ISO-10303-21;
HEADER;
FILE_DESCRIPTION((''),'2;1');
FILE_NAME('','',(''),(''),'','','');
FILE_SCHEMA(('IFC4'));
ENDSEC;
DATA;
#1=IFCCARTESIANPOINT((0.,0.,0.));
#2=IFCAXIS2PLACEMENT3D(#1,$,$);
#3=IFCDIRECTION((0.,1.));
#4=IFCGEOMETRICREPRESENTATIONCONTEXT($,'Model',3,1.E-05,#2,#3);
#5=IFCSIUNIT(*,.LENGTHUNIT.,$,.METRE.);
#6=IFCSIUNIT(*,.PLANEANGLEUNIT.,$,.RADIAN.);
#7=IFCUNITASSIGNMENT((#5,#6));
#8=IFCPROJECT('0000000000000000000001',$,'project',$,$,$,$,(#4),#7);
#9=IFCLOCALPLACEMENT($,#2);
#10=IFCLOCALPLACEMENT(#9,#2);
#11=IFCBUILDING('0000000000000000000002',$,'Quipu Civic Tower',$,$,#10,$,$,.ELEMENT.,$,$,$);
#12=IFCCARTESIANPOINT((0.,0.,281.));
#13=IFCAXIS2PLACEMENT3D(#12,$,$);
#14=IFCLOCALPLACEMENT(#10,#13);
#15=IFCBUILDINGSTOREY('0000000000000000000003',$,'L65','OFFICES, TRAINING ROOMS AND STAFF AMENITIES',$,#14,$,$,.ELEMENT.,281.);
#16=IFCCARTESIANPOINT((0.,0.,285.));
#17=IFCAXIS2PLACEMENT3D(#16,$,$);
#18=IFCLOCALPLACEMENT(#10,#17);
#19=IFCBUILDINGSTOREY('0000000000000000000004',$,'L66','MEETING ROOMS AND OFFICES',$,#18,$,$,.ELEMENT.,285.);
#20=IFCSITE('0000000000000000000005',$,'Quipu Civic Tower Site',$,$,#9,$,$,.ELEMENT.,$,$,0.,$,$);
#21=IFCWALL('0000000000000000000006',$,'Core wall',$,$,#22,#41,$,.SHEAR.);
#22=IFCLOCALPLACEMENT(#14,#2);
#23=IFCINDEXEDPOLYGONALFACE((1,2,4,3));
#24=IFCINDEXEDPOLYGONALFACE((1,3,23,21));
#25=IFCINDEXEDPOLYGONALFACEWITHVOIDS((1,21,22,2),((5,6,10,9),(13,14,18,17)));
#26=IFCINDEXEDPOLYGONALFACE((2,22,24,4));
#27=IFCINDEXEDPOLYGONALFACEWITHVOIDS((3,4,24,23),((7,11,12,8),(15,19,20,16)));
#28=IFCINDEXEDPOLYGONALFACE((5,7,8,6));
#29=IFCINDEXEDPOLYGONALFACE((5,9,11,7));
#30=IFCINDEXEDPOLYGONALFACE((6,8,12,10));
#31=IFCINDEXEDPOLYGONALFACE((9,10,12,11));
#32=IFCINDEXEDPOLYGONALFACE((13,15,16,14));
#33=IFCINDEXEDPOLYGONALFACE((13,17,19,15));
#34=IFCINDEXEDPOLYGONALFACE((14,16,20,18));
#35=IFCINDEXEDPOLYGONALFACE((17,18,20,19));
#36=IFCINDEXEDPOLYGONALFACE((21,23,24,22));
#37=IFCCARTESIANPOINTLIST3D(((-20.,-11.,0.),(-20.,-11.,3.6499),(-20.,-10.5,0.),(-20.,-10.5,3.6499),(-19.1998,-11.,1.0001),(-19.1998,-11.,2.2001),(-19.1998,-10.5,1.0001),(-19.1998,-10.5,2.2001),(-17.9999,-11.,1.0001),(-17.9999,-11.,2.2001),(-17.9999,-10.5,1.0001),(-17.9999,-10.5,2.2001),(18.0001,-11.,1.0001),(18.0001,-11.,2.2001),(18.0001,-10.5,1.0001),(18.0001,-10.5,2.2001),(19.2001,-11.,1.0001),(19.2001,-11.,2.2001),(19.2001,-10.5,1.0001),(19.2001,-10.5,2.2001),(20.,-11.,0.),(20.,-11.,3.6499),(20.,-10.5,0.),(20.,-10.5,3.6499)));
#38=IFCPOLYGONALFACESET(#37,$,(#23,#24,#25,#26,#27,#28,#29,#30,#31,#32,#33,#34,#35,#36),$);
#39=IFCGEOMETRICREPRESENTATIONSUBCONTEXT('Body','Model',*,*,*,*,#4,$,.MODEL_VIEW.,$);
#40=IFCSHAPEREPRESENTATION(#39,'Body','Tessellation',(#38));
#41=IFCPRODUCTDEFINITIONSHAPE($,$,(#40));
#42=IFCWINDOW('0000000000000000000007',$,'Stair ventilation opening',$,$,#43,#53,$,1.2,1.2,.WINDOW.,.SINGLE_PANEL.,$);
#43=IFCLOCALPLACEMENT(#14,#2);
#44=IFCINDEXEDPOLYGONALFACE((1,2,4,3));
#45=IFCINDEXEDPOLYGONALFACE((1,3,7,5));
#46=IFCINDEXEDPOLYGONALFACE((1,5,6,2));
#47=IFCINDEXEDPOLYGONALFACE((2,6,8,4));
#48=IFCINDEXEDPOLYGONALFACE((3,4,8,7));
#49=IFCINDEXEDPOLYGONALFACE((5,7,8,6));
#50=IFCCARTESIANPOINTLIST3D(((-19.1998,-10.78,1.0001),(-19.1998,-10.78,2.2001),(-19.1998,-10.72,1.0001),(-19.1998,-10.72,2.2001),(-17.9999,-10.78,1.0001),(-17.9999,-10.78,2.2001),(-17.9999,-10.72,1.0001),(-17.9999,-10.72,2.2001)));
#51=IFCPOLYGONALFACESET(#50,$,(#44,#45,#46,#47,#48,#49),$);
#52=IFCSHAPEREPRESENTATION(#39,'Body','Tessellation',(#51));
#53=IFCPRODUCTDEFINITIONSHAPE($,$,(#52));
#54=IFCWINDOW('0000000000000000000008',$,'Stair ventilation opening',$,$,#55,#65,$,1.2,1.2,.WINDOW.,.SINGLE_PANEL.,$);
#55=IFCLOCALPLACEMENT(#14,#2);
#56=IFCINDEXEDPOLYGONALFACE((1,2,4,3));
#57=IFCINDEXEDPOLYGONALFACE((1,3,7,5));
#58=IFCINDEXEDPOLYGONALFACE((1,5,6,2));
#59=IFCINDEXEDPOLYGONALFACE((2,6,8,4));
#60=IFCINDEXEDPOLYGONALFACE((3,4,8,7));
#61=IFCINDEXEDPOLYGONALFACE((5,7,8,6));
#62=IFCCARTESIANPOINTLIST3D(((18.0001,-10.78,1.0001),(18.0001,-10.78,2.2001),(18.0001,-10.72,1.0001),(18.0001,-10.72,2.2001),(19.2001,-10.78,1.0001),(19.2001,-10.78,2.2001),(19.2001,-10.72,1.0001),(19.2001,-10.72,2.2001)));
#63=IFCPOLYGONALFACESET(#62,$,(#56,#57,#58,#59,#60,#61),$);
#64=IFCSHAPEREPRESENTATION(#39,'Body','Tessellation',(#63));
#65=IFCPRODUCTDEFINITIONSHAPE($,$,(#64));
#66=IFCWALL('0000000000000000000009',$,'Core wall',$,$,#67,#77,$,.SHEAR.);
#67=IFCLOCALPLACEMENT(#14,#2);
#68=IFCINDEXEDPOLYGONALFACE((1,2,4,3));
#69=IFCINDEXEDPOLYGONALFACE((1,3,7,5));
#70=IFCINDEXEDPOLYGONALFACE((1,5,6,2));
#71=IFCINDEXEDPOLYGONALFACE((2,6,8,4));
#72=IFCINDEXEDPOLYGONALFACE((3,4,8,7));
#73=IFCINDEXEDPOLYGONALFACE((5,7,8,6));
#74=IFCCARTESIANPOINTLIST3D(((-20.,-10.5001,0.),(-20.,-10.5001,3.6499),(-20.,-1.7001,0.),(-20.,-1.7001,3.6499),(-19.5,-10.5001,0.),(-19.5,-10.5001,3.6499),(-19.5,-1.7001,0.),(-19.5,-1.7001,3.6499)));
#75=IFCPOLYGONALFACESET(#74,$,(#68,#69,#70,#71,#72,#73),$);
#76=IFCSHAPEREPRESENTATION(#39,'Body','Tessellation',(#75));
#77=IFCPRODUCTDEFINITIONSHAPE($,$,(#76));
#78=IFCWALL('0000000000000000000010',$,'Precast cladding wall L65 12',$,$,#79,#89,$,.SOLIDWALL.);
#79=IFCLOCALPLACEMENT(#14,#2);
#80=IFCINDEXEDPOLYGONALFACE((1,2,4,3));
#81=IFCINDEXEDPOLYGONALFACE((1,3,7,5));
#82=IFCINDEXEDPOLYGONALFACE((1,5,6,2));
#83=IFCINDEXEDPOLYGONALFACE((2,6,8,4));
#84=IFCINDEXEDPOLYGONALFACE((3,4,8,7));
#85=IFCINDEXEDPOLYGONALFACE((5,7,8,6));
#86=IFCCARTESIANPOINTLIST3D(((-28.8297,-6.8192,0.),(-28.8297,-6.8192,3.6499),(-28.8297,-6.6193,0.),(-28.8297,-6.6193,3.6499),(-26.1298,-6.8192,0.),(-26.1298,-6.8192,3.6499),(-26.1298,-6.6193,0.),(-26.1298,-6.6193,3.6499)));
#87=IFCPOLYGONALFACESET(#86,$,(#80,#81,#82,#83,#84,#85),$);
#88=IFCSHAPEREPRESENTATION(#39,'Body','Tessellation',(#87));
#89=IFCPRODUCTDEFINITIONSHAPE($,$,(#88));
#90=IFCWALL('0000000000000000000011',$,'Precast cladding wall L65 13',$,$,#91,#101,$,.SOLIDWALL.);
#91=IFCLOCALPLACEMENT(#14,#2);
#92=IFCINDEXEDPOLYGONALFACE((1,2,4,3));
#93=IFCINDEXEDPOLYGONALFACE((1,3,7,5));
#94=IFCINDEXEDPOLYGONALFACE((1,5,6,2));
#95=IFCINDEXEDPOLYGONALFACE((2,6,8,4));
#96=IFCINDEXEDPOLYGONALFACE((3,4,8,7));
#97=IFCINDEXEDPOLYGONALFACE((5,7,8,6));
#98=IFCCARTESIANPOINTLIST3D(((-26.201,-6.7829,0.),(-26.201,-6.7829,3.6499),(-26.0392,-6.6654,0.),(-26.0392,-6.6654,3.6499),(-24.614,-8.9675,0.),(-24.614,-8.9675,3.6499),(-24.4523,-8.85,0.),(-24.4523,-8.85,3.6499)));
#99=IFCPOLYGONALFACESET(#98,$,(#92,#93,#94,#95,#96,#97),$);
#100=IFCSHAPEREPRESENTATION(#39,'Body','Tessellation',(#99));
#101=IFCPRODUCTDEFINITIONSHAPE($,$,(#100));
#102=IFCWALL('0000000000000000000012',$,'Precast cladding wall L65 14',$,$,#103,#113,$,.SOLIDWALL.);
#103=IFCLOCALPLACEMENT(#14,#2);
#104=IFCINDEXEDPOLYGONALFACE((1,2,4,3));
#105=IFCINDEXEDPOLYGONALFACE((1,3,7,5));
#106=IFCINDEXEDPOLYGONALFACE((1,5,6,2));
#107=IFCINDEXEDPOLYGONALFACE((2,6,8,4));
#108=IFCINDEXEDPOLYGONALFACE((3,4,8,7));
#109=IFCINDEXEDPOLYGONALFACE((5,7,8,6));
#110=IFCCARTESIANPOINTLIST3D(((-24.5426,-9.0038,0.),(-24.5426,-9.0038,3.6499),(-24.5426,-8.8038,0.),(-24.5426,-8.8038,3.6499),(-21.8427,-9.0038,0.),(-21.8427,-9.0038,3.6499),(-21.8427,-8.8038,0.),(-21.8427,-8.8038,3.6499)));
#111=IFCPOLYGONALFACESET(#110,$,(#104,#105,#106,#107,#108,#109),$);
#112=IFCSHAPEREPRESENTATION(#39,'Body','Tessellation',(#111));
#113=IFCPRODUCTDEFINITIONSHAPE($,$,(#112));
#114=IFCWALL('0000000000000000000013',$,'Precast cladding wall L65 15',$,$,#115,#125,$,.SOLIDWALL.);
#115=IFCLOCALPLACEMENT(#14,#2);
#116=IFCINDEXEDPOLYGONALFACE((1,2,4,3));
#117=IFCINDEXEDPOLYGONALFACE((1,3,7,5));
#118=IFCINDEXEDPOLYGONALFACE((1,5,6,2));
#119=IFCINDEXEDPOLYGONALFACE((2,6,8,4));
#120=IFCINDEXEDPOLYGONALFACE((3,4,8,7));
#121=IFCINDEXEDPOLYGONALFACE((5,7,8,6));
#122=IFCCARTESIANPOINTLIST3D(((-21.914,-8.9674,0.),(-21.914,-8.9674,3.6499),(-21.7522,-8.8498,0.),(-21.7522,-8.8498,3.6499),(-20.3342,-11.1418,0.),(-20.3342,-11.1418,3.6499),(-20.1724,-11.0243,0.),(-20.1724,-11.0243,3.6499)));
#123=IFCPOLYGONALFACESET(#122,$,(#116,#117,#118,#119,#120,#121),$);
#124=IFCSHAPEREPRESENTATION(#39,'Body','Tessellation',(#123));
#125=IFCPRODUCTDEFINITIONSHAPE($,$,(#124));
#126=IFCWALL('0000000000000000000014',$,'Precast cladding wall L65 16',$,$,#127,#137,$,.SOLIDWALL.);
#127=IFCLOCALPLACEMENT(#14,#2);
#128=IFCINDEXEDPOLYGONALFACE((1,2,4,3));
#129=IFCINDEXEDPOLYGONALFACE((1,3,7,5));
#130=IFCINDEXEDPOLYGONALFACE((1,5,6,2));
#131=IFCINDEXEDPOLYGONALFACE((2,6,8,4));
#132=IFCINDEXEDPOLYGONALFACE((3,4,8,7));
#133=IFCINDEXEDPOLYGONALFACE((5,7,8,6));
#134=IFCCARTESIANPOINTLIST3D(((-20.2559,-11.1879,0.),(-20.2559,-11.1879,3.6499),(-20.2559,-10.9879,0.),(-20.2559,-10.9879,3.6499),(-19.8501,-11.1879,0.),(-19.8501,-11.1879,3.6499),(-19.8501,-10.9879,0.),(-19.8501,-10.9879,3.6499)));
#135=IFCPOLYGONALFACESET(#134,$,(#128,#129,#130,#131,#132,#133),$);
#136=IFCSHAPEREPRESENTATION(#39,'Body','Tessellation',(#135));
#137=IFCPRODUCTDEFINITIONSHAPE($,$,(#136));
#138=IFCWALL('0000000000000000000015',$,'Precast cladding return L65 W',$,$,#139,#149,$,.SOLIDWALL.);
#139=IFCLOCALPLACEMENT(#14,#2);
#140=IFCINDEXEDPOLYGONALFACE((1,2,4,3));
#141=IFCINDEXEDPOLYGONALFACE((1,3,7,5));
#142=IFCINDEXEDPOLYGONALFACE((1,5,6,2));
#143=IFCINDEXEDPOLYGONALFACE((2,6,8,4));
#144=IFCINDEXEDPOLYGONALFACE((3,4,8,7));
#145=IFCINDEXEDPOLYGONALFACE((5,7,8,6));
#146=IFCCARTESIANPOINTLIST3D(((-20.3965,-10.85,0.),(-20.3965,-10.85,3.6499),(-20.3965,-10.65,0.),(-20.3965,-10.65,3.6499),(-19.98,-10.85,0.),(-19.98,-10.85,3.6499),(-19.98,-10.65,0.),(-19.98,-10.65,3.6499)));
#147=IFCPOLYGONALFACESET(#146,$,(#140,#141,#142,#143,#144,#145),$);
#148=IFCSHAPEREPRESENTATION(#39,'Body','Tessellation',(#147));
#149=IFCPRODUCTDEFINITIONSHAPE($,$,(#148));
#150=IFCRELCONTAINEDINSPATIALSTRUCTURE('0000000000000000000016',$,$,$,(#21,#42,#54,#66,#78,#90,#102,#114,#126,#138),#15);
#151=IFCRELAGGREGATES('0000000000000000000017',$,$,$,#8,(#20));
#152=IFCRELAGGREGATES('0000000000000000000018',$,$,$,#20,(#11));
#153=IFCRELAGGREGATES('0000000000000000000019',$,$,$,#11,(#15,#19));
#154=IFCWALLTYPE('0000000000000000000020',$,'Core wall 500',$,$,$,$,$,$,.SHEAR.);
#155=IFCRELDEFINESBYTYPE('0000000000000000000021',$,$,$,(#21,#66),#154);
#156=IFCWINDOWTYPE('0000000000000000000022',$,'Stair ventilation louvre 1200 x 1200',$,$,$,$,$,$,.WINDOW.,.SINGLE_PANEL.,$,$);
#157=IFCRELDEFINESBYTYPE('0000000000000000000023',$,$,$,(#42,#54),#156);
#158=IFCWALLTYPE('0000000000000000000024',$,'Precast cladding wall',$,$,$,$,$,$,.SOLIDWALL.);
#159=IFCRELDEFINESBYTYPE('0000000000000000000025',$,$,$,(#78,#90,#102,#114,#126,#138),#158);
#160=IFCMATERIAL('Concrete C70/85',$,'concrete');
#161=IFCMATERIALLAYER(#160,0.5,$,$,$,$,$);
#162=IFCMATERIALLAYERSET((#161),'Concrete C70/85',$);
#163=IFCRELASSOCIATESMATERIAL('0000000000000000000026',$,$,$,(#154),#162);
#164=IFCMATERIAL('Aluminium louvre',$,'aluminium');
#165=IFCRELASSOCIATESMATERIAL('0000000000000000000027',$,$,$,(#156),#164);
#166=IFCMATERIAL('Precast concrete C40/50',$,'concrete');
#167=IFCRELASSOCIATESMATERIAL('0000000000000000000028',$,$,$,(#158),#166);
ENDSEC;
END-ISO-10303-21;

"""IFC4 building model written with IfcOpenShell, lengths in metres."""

from ifc_helpers import new_model, si_unit, direction, frame, frame_2d, origin, place, context, subcontext, project, spatial, rectangle, extrude, material, layer, layer_set, type_object, element, fill, save


model = new_model("IFC4")

# Units and contexts
model_context = context("Model", 3, precision=1e-05, world=origin(), true_north=direction((0.0, 1.0)))
body_context = subcontext(model_context, "Body", "Model", "MODEL_VIEW")
ifc_project = project(units=[si_unit("LENGTHUNIT", "METRE"), si_unit("PLANEANGLEUNIT", "RADIAN")], contexts=[model_context])

# Site, building, storey
site_placement = place(None, origin())
site = spatial("IfcSite", under=ifc_project, at=site_placement, Name="Quipu Civic Tower Site", CompositionType="ELEMENT", RefElevation=0.0)
building_placement = place(site_placement, origin())
building = spatial("IfcBuilding", under=site, at=building_placement, Name="Quipu Civic Tower", CompositionType="ELEMENT")
storey_1_placement = place(building_placement, frame((0.0, 0.0, 281.0)))
storey_1 = spatial("IfcBuildingStorey", under=building, at=storey_1_placement, Name="L65", Description="OFFICES, TRAINING ROOMS AND STAFF AMENITIES", CompositionType="ELEMENT", Elevation=281.0)

# Shared definitions
storey_2_placement = place(building_placement, frame((0.0, 0.0, 285.0)))
storey_2 = spatial("IfcBuildingStorey", under=building, at=storey_2_placement, Name="L66", Description="MEETING ROOMS AND OFFICES", CompositionType="ELEMENT", Elevation=285.0)

# Wall, openings, windows
ifc_material_1 = material(Name="Concrete C70/85", Category="concrete")
ifc_layer_1 = layer(ifc_material_1, 0.5)
ifc_layer_set_1 = layer_set([ifc_layer_1], Name="Concrete C70/85")
wall_type_1 = type_object("IfcWallType", Name="Core wall 500", PredefinedType="SHEAR", material=ifc_layer_set_1)
wall_1_placement = place(storey_1_placement, frame((-20.0, -10.75, 0.0), z_axis=(0.0, 0.0, 1.0), x_axis=(1.0, 0.0, 0.0)))
wall_1 = element("IfcWall", 1, at=wall_1_placement, inside=storey_1, type_object=wall_type_1, Name="Core wall", PredefinedType="SHEAR", context=body_context, shape_type="SweptSolid", body=[
    extrude(rectangle(XDim=40.0, YDim=0.5, at=frame_2d((20.0, 0.0))), origin(), (0.0, 0.0, 1.0), 3.6499),
])
opening_1_placement = place(wall_1_placement, frame((0.8, 0.0, 1.0)))
opening_1 = element("IfcOpeningElement", 2, at=opening_1_placement, cuts=wall_1, PredefinedType="OPENING", context=body_context, shape_type="SweptSolid", body=[
    extrude(rectangle(XDim=1.2, YDim=1.2, at=frame_2d((0.6001, 0.6001))), frame((0.0, 0.26, 0.0), z_axis=(0.0, -1.0, 0.0), x_axis=(1.0, 0.0, 0.0)), (0.0, 0.0, 1.0), 0.52),
])
opening_2_placement = place(wall_1_placement, frame((38.0, 0.0, 1.0)))
opening_2 = element("IfcOpeningElement", 3, at=opening_2_placement, cuts=wall_1, PredefinedType="OPENING", context=body_context, shape_type="SweptSolid", body=[
    extrude(rectangle(XDim=1.2, YDim=1.2, at=frame_2d((0.6001, 0.6001))), frame((0.0, 0.26, 0.0), z_axis=(0.0, -1.0, 0.0), x_axis=(1.0, 0.0, 0.0)), (0.0, 0.0, 1.0), 0.52),
])
ifc_material_2 = material(Name="Aluminium louvre", Category="aluminium")
window_type = type_object("IfcWindowType", Name="Stair ventilation louvre 1200 x 1200", PartitioningType="SINGLE_PANEL", PredefinedType="WINDOW", material=ifc_material_2)
window_1_placement = place(opening_1_placement, origin())
window_1 = element("IfcWindow", 4, at=window_1_placement, inside=storey_1, type_object=window_type, Name="Stair ventilation opening", OverallHeight=1.2, OverallWidth=1.2, PartitioningType="SINGLE_PANEL", PredefinedType="WINDOW", context=body_context, shape_type="SweptSolid", body=[
    extrude(rectangle(XDim=1.2, YDim=1.2, at=frame_2d((0.6001, 0.6001))), frame((0.0, 0.03, 0.0), z_axis=(0.0, -1.0, 0.0), x_axis=(1.0, 0.0, 0.0)), (0.0, 0.0, 1.0), 0.0601),
])
fill(opening_1, window_1)
window_2_placement = place(opening_2_placement, origin())
window_2 = element("IfcWindow", 5, at=window_2_placement, inside=storey_1, type_object=window_type, Name="Stair ventilation opening", OverallHeight=1.2, OverallWidth=1.2, PartitioningType="SINGLE_PANEL", PredefinedType="WINDOW", context=body_context, shape_type="SweptSolid", body=[
    extrude(rectangle(XDim=1.2, YDim=1.2, at=frame_2d((0.6001, 0.6001))), frame((0.0, 0.03, 0.0), z_axis=(0.0, -1.0, 0.0), x_axis=(1.0, 0.0, 0.0)), (0.0, 0.0, 1.0), 0.0601),
])
fill(opening_2, window_2)

# Walls
wall_2_placement = place(storey_1_placement, frame((-19.75, -10.5, 0.0), z_axis=(0.0, 0.0, 1.0), x_axis=(0.0, 1.0, 0.0)))
element("IfcWall", 6, at=wall_2_placement, inside=storey_1, type_object=wall_type_1, Name="Core wall", PredefinedType="SHEAR", context=body_context, shape_type="SweptSolid", body=[
    extrude(rectangle(XDim=8.8, YDim=0.5, at=frame_2d((4.3999, 0.0))), origin(), (0.0, 0.0, 1.0), 3.6499),
])
ifc_material_3 = material(Name="Precast concrete C40/50", Category="concrete")
wall_type_2 = type_object("IfcWallType", Name="Precast cladding wall", PredefinedType="SOLIDWALL", material=ifc_material_3)
wall_3_placement = place(storey_1_placement, frame((-28.8298, -6.7192, 0.0), z_axis=(0.0, 0.0, 1.0), x_axis=(1.0, 0.0, 0.0)))
element("IfcWall", 7, at=wall_3_placement, inside=storey_1, type_object=wall_type_2, Name="Precast cladding wall L65 12", PredefinedType="SOLIDWALL", context=body_context, shape_type="SweptSolid", body=[
    extrude(rectangle(XDim=2.7, YDim=0.2, at=frame_2d((1.3501, 0.0))), origin(), (0.0, 0.0, 1.0), 3.6499),
])
wall_4_placement = place(storey_1_placement, frame((-26.1201, -6.7241, 0.0), z_axis=(0.0, 0.0, 1.0), x_axis=(0.58772, -0.809064, 0.0)))
element("IfcWall", 8, at=wall_4_placement, inside=storey_1, type_object=wall_type_2, Name="Precast cladding wall L65 13", PredefinedType="SOLIDWALL", context=body_context, shape_type="SweptSolid", body=[
    extrude(rectangle(XDim=2.7002, YDim=0.2, at=frame_2d((1.3501, 0.0))), origin(), (0.0, 0.0, 1.0), 3.6499),
])
wall_5_placement = place(storey_1_placement, frame((-24.5427, -8.9038, 0.0), z_axis=(0.0, 0.0, 1.0), x_axis=(1.0, 0.0, 0.0)))
element("IfcWall", 9, at=wall_5_placement, inside=storey_1, type_object=wall_type_2, Name="Precast cladding wall L65 14", PredefinedType="SOLIDWALL", context=body_context, shape_type="SweptSolid", body=[
    extrude(rectangle(XDim=2.7, YDim=0.2, at=frame_2d((1.3501, 0.0))), origin(), (0.0, 0.0, 1.0), 3.6499),
])
wall_6_placement = place(storey_1_placement, frame((-21.833, -8.9087, 0.0), z_axis=(0.0, 0.0, 1.0), x_axis=(0.587767, -0.809031, 0.0)))
element("IfcWall", 10, at=wall_6_placement, inside=storey_1, type_object=wall_type_2, Name="Precast cladding wall L65 15", PredefinedType="SOLIDWALL", context=body_context, shape_type="SweptSolid", body=[
    extrude(rectangle(XDim=2.6877, YDim=0.2, at=frame_2d((1.3438, 0.0))), origin(), (0.0, 0.0, 1.0), 3.6499),
])
wall_7_placement = place(storey_1_placement, frame((-20.2559, -11.0879, 0.0), z_axis=(0.0, 0.0, 1.0), x_axis=(1.0, 0.0, 0.0)))
element("IfcWall", 11, at=wall_7_placement, inside=storey_1, type_object=wall_type_2, Name="Precast cladding wall L65 16", PredefinedType="SOLIDWALL", context=body_context, shape_type="SweptSolid", body=[
    extrude(rectangle(XDim=0.4058, YDim=0.2, at=frame_2d((0.2029, 0.0))), origin(), (0.0, 0.0, 1.0), 3.6499),
])
wall_8_placement = place(storey_1_placement, frame((-19.98, -10.75, 0.0), z_axis=(0.0, 0.0, 1.0), x_axis=(-1.0, 0.0, 0.0)))
element("IfcWall", 12, at=wall_8_placement, inside=storey_1, type_object=wall_type_2, Name="Precast cladding return L65 W", PredefinedType="SOLIDWALL", context=body_context, shape_type="SweptSolid", body=[
    extrude(rectangle(XDim=0.4165, YDim=0.2, at=frame_2d((0.2083, 0.0))), origin(), (0.0, 0.0, 1.0), 3.6499),
])

save(model, "model.ifc")
